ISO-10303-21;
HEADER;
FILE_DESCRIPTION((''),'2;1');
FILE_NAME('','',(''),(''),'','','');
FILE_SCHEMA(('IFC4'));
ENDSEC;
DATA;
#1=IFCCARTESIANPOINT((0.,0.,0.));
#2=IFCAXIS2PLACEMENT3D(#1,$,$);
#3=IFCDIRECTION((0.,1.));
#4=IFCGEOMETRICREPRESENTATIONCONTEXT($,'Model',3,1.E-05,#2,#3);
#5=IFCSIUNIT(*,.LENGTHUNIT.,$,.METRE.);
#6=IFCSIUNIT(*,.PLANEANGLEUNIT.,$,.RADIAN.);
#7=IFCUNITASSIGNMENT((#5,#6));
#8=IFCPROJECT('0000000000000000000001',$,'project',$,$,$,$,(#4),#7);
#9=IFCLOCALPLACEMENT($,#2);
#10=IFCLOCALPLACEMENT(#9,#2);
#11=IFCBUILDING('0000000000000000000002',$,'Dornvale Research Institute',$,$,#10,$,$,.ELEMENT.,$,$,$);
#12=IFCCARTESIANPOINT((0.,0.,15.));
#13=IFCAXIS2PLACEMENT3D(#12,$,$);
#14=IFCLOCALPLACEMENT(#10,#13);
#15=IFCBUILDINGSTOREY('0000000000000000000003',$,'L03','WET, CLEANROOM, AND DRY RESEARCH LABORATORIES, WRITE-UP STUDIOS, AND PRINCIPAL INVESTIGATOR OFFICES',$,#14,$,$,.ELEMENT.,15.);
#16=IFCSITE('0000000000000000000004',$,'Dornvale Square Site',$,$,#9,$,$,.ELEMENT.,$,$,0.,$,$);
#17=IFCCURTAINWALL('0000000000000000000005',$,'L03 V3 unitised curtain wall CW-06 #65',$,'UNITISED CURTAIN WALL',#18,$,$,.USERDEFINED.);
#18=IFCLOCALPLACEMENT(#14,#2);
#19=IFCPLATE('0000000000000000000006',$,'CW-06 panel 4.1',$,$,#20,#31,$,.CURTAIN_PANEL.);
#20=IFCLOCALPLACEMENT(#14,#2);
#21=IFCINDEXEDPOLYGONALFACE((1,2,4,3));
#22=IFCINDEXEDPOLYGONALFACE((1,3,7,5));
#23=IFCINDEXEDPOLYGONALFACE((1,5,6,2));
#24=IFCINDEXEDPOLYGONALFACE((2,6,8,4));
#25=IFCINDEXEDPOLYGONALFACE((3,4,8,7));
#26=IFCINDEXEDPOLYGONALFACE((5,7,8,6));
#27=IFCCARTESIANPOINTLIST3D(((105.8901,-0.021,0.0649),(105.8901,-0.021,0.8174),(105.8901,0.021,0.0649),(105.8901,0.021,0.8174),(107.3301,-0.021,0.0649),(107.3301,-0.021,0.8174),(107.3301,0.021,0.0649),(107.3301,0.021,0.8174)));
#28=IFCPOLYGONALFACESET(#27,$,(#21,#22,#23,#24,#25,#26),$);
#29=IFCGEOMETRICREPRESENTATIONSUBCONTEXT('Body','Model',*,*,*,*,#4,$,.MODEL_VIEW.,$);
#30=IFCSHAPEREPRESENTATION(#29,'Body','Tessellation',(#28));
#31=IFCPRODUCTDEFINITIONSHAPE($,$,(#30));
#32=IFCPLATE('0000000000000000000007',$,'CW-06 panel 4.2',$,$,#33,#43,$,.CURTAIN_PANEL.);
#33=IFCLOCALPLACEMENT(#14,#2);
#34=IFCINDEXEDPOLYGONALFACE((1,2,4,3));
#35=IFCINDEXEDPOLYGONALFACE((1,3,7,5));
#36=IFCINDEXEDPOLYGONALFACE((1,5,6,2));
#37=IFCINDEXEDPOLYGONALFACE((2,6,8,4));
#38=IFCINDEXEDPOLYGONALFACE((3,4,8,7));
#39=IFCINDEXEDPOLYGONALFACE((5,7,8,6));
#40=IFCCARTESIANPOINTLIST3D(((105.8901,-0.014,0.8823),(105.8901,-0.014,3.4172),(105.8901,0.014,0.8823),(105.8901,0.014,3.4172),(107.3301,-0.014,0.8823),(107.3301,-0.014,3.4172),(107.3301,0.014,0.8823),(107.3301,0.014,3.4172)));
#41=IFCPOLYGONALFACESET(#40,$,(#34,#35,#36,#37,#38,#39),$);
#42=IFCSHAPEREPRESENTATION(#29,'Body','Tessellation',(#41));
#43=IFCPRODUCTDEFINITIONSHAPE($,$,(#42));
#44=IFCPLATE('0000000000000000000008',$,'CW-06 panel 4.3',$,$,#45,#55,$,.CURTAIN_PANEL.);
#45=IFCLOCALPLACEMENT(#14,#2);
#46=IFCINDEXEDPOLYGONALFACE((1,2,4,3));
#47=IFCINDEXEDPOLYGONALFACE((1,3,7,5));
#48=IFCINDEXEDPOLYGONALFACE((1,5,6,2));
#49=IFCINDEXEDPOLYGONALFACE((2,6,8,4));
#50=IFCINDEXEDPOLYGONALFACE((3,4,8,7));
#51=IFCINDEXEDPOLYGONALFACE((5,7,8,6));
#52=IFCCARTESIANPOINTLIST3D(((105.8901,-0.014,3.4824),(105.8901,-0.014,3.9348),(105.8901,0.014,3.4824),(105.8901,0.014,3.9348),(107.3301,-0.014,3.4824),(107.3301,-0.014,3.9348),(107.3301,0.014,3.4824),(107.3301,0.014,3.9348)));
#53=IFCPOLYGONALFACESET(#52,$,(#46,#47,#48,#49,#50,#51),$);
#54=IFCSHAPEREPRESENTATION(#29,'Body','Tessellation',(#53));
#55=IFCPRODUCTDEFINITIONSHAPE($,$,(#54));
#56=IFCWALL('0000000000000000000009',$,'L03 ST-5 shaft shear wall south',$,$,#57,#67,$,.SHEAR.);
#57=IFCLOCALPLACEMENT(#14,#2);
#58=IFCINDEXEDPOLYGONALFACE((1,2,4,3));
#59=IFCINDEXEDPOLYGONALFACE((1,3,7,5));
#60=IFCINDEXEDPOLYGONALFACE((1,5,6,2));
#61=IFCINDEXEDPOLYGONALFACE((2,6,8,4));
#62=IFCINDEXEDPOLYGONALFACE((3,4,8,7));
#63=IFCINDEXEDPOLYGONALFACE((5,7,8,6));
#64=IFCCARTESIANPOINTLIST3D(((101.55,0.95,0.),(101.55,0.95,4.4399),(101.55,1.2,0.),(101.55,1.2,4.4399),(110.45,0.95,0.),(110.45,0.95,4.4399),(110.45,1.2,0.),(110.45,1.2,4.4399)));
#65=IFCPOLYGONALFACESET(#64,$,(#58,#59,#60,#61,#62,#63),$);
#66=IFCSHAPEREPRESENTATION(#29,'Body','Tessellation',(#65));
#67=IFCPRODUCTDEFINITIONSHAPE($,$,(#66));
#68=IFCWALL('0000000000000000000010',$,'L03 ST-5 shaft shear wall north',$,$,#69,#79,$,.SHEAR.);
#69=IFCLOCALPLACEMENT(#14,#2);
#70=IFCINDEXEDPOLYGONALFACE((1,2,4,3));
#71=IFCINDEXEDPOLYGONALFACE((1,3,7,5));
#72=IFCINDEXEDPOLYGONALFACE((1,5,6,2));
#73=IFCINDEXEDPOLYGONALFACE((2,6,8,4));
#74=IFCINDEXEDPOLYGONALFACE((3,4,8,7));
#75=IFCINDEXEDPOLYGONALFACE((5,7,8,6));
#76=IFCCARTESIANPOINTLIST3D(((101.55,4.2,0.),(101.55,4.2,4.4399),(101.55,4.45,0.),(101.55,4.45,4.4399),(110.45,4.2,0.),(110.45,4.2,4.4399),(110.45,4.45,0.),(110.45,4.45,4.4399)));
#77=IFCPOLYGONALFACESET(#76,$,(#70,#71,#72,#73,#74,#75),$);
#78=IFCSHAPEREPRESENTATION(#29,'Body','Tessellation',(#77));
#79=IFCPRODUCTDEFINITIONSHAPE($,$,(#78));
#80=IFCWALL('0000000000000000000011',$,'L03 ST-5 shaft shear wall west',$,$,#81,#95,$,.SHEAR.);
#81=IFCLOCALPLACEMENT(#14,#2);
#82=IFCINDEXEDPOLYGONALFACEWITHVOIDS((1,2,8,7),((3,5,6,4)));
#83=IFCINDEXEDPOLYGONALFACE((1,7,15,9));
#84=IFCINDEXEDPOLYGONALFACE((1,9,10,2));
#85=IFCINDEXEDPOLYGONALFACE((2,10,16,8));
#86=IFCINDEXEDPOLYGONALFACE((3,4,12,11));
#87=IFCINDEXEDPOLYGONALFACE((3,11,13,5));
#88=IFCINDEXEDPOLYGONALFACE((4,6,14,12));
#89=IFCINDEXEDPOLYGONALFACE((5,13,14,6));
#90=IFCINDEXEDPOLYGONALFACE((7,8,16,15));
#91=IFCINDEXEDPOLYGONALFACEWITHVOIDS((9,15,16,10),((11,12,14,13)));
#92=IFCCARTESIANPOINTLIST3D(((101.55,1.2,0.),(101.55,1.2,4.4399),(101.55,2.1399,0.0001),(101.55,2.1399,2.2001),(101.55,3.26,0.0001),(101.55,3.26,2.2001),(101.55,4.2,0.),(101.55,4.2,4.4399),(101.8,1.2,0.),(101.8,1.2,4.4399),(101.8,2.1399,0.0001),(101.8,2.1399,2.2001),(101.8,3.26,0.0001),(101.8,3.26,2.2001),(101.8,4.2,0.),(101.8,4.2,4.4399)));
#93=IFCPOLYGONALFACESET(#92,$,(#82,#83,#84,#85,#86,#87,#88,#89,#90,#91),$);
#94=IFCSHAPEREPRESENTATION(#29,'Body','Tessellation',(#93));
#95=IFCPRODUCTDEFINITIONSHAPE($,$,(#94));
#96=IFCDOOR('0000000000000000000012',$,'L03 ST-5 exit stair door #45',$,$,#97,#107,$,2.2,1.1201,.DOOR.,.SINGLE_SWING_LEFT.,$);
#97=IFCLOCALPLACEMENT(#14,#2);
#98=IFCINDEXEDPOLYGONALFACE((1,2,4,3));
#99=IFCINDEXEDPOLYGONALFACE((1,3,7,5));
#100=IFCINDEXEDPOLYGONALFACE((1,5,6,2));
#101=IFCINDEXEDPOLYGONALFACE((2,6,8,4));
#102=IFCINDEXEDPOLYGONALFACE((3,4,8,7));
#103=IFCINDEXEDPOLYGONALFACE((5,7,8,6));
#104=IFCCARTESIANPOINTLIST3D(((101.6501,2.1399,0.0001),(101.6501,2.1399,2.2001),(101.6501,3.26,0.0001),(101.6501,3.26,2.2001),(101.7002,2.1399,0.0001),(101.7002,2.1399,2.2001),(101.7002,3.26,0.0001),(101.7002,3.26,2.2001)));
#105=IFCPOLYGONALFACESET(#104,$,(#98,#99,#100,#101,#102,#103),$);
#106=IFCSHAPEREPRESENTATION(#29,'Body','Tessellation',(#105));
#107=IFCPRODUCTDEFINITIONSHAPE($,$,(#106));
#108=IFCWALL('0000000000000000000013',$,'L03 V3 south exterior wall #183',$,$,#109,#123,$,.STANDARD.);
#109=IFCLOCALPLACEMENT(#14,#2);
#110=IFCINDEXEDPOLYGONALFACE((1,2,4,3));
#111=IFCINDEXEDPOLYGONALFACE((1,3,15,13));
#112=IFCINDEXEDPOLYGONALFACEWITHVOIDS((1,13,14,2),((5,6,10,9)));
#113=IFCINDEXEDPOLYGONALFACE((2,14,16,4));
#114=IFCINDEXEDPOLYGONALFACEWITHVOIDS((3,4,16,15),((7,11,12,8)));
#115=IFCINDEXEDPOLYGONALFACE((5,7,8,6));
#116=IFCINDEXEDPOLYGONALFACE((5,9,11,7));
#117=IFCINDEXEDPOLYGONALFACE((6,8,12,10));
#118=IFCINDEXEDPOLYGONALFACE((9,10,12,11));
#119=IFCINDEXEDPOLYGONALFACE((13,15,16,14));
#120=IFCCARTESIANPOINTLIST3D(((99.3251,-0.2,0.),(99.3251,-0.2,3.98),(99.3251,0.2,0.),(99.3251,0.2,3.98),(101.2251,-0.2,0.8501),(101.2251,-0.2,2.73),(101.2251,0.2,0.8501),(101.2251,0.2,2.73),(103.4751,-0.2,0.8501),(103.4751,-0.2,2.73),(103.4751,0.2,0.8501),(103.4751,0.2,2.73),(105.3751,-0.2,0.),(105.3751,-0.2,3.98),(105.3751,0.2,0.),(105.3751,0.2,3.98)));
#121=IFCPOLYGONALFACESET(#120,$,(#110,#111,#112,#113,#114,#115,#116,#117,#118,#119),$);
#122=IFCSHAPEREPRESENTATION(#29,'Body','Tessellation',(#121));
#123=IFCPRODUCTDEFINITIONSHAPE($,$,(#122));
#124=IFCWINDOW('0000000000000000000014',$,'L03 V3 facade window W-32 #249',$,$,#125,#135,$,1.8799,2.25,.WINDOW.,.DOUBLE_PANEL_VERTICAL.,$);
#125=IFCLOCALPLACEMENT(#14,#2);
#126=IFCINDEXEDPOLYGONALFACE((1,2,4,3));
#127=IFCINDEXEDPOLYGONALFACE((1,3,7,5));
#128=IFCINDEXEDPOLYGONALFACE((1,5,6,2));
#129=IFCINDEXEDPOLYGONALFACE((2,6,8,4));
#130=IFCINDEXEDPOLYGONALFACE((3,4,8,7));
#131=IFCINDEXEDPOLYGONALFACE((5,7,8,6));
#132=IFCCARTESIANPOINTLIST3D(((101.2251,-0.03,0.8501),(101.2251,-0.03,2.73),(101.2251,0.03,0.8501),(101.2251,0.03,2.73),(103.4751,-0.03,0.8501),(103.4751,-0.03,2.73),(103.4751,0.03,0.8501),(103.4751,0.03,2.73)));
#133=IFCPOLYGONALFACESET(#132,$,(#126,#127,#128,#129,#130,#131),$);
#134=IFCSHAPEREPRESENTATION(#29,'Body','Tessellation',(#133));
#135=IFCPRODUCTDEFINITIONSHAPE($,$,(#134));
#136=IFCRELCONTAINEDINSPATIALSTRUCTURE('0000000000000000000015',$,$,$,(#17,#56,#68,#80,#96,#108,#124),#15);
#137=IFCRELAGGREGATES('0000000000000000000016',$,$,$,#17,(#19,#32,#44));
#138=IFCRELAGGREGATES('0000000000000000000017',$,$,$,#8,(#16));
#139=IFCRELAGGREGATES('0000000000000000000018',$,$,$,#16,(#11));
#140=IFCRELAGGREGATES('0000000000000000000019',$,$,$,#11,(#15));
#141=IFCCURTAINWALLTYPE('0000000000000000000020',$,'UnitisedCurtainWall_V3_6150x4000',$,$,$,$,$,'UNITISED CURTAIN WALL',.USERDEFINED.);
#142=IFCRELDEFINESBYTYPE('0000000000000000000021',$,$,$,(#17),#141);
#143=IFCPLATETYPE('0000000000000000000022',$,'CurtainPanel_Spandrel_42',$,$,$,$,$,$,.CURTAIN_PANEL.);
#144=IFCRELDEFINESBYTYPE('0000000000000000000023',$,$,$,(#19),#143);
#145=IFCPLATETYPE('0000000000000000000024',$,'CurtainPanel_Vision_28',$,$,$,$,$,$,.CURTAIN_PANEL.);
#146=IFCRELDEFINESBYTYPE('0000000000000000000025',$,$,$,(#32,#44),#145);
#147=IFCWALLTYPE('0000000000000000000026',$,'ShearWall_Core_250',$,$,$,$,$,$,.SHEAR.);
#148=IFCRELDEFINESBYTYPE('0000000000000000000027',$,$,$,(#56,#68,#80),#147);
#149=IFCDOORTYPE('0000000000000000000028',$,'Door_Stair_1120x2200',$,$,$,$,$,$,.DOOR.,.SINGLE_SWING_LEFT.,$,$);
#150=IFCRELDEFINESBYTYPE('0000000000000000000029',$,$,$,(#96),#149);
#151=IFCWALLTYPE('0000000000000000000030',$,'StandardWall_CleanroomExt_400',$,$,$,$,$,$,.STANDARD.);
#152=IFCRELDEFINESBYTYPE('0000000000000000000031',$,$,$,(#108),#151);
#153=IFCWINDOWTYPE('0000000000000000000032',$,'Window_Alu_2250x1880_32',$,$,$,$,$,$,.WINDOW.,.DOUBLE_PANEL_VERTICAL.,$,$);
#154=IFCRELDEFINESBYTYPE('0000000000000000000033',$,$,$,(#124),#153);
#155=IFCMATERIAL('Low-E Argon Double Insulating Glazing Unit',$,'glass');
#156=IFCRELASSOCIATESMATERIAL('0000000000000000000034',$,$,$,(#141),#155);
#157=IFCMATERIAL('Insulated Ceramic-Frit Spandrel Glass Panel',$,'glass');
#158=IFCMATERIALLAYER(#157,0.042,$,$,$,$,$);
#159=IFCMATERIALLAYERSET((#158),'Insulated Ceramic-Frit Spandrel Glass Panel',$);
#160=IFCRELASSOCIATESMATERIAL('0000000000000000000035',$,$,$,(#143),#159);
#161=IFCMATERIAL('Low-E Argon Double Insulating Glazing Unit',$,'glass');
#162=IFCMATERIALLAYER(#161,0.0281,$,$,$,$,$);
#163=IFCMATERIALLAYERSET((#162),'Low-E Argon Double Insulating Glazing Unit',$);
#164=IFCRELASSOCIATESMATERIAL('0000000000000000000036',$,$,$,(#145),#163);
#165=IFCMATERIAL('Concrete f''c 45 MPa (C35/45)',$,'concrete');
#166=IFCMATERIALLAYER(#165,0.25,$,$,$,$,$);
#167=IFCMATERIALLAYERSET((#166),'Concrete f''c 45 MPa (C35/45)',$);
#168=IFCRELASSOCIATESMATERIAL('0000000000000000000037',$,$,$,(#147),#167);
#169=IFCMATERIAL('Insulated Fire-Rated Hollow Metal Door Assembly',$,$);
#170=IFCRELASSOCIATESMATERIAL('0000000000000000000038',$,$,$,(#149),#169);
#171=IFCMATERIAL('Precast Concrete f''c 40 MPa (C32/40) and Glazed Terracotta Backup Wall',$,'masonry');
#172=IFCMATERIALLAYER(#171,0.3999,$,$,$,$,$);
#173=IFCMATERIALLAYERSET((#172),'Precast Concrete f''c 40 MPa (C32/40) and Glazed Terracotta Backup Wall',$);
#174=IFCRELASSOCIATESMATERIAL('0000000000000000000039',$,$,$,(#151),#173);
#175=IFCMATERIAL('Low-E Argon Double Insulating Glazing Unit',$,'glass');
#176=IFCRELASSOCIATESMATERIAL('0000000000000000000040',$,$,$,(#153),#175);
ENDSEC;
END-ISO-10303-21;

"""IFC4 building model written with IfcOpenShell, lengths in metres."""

from ifc_helpers import new_model, si_unit, direction, frame, frame_2d, origin, origin_2d, place, context, subcontext, project, spatial, rectangle, extrude, material, layer, layer_set, type_object, element, fill, aggregate, save


model = new_model("IFC4")

# Units and contexts
model_context = context("Model", 3, precision=1e-05, world=origin(), true_north=direction((0.0, 1.0)))
body_context = subcontext(model_context, "Body", "Model", "MODEL_VIEW")
ifc_project = project(units=[si_unit("LENGTHUNIT", "METRE"), si_unit("PLANEANGLEUNIT", "RADIAN")], contexts=[model_context])

# Site, building, storey
site_placement = place(None, origin())
site = spatial("IfcSite", under=ifc_project, at=site_placement, Name="Dornvale Square Site", CompositionType="ELEMENT", RefElevation=0.0)
building_placement = place(site_placement, origin())
building = spatial("IfcBuilding", under=site, at=building_placement, Name="Dornvale Research Institute", CompositionType="ELEMENT")
storey_placement = place(building_placement, frame((0.0, 0.0, 15.0)))
storey = spatial("IfcBuildingStorey", under=building, at=storey_placement, Name="L03", Description="WET, CLEANROOM, AND DRY RESEARCH LABORATORIES, WRITE-UP STUDIOS, AND PRINCIPAL INVESTIGATOR OFFICES", CompositionType="ELEMENT", Elevation=15.0)

# Curtain wall
ifc_material_1 = material(Name="Low-E Argon Double Insulating Glazing Unit", Category="glass")
curtain_wall_type = type_object("IfcCurtainWallType", Name="UnitisedCurtainWall_V3_6150x4000", ElementType="UNITISED CURTAIN WALL", PredefinedType="USERDEFINED", material=ifc_material_1)
curtain_wall_placement = place(storey_placement, origin())
curtain_wall = element("IfcCurtainWall", 1, at=curtain_wall_placement, inside=storey, type_object=curtain_wall_type, Name="L03 V3 unitised curtain wall CW-06 #65", ObjectType="UNITISED CURTAIN WALL", PredefinedType="USERDEFINED")

# Plates
ifc_material_2 = material(Name="Insulated Ceramic-Frit Spandrel Glass Panel", Category="glass")
ifc_layer_1 = layer(ifc_material_2, 0.042)
ifc_layer_set_1 = layer_set([ifc_layer_1], Name="Insulated Ceramic-Frit Spandrel Glass Panel")
plate_type_1 = type_object("IfcPlateType", Name="CurtainPanel_Spandrel_42", PredefinedType="CURTAIN_PANEL", material=ifc_layer_set_1)
plate_1_placement = place(storey_placement, frame((106.6101, 0.0, 0.0649), z_axis=(0.0, 0.0, 1.0), x_axis=(-1.0, 0.0, 0.0)))
plate_1 = element("IfcPlate", 2, at=plate_1_placement, type_object=plate_type_1, Name="CW-06 panel 4.1", PredefinedType="CURTAIN_PANEL", context=body_context, shape_type="SweptSolid", body=[
    extrude(rectangle(XDim=1.4399, YDim=0.042, at=origin_2d()), origin(), (0.0, 0.0, 1.0), 0.7524),
])
ifc_material_3 = material(Name="Low-E Argon Double Insulating Glazing Unit", Category="glass")
ifc_layer_2 = layer(ifc_material_3, 0.0281)
ifc_layer_set_2 = layer_set([ifc_layer_2], Name="Low-E Argon Double Insulating Glazing Unit")
plate_type_2 = type_object("IfcPlateType", Name="CurtainPanel_Vision_28", PredefinedType="CURTAIN_PANEL", material=ifc_layer_set_2)
plate_2_placement = place(storey_placement, frame((106.6101, 0.0, 0.8823), z_axis=(0.0, 0.0, 1.0), x_axis=(-1.0, 0.0, 0.0)))
plate_2 = element("IfcPlate", 3, at=plate_2_placement, type_object=plate_type_2, Name="CW-06 panel 4.2", PredefinedType="CURTAIN_PANEL", context=body_context, shape_type="SweptSolid", body=[
    extrude(rectangle(XDim=1.4399, YDim=0.0281, at=origin_2d()), origin(), (0.0, 0.0, 1.0), 2.5349),
])
plate_3_placement = place(storey_placement, frame((106.6101, 0.0, 3.4824), z_axis=(0.0, 0.0, 1.0), x_axis=(-1.0, 0.0, 0.0)))
plate_3 = element("IfcPlate", 4, at=plate_3_placement, type_object=plate_type_2, Name="CW-06 panel 4.3", PredefinedType="CURTAIN_PANEL", context=body_context, shape_type="SweptSolid", body=[
    extrude(rectangle(XDim=1.4399, YDim=0.0281, at=origin_2d()), origin(), (0.0, 0.0, 1.0), 0.4524),
])
aggregate(curtain_wall, [plate_1, plate_2, plate_3])

# Walls
ifc_material_4 = material(Name="Concrete f'c 45 MPa (C35/45)", Category="concrete")
ifc_layer_3 = layer(ifc_material_4, 0.25)
ifc_layer_set_3 = layer_set([ifc_layer_3], Name="Concrete f'c 45 MPa (C35/45)")
wall_type_1 = type_object("IfcWallType", Name="ShearWall_Core_250", PredefinedType="SHEAR", material=ifc_layer_set_3)
for number, where, z_axis, x_axis, name in (
    (5, (101.55, 1.075, 0.0), (0.0, 0.0, 1.0), (1.0, 0.0, 0.0), "L03 ST-5 shaft shear wall south"),
    (6, (101.55, 4.325, 0.0), (0.0, 0.0, 1.0), (1.0, 0.0, 0.0), "L03 ST-5 shaft shear wall north"),
):
    element("IfcWall", number, at=place(storey_placement, frame(where, z_axis=z_axis, x_axis=x_axis)), inside=storey, type_object=wall_type_1, Name=name, PredefinedType="SHEAR", context=body_context, shape_type="SweptSolid", body=[
        extrude(rectangle(XDim=8.8999, YDim=0.25, at=frame_2d((4.45, 0.0))), origin(), (0.0, 0.0, 1.0), 4.4399),
    ])

# Wall, opening, door
wall_1_placement = place(storey_placement, frame((101.675, 1.2, 0.0), z_axis=(0.0, 0.0, 1.0), x_axis=(0.0, 1.0, 0.0)))
wall_1 = element("IfcWall", 7, at=wall_1_placement, inside=storey, type_object=wall_type_1, Name="L03 ST-5 shaft shear wall west", PredefinedType="SHEAR", context=body_context, shape_type="SweptSolid", body=[
    extrude(rectangle(XDim=3.0, YDim=0.25, at=frame_2d((1.5, 0.0))), origin(), (0.0, 0.0, 1.0), 4.4399),
])
opening_1_placement = place(wall_1_placement, frame((0.9399, 0.0, 0.0)))
opening_1 = element("IfcOpeningElement", 8, at=opening_1_placement, cuts=wall_1, PredefinedType="OPENING", context=body_context, shape_type="SweptSolid", body=[
    extrude(rectangle(XDim=1.1201, YDim=2.2, at=frame_2d((0.5601, 1.1001))), frame((0.0, 0.1399, 0.0), z_axis=(0.0, -1.0, 0.0), x_axis=(1.0, 0.0, 0.0)), (0.0, 0.0, 1.0), 0.28),
])
ifc_material_5 = material(Name="Insulated Fire-Rated Hollow Metal Door Assembly")
door_type = type_object("IfcDoorType", Name="Door_Stair_1120x2200", OperationType="SINGLE_SWING_LEFT", PredefinedType="DOOR", material=ifc_material_5)
door_placement = place(opening_1_placement, origin())
door = element("IfcDoor", 9, at=door_placement, inside=storey, type_object=door_type, Name="L03 ST-5 exit stair door #45", OperationType="SINGLE_SWING_LEFT", OverallHeight=2.2, OverallWidth=1.1201, PredefinedType="DOOR", context=body_context, shape_type="SweptSolid", body=[
    extrude(rectangle(XDim=1.1201, YDim=2.2, at=frame_2d((0.5601, 1.1001))), frame((0.0, 0.0249, 0.0), z_axis=(0.0, -1.0, 0.0), x_axis=(1.0, 0.0, 0.0)), (0.0, 0.0, 1.0), 0.05),
])
fill(opening_1, door)

# Wall, opening, window
ifc_material_6 = material(Name="Precast Concrete f'c 40 MPa (C32/40) and Glazed Terracotta Backup Wall", Category="masonry")
ifc_layer_4 = layer(ifc_material_6, 0.3999)
ifc_layer_set_4 = layer_set([ifc_layer_4], Name="Precast Concrete f'c 40 MPa (C32/40) and Glazed Terracotta Backup Wall")
wall_type_2 = type_object("IfcWallType", Name="StandardWall_CleanroomExt_400", PredefinedType="STANDARD", material=ifc_layer_set_4)
wall_2_placement = place(storey_placement, frame((105.375, 0.0, 0.0), z_axis=(0.0, 0.0, 1.0), x_axis=(-1.0, 0.0, 0.0)))
wall_2 = element("IfcWall", 10, at=wall_2_placement, inside=storey, type_object=wall_type_2, Name="L03 V3 south exterior wall #183", PredefinedType="STANDARD", context=body_context, shape_type="SweptSolid", body=[
    extrude(rectangle(XDim=6.05, YDim=0.3999, at=frame_2d((3.0249, 0.0))), origin(), (0.0, 0.0, 1.0), 3.98),
])
opening_2_placement = place(wall_2_placement, frame((1.8999, 0.0, 0.8501)))
opening_2 = element("IfcOpeningElement", 11, at=opening_2_placement, cuts=wall_2, PredefinedType="OPENING", context=body_context, shape_type="SweptSolid", body=[
    extrude(rectangle(XDim=2.25, YDim=1.8799, at=frame_2d((1.125, 0.9399))), frame((0.0, 0.2148, 0.0), z_axis=(0.0, -1.0, 0.0), x_axis=(1.0, 0.0, 0.0)), (0.0, 0.0, 1.0), 0.4299),
])
ifc_material_7 = material(Name="Low-E Argon Double Insulating Glazing Unit", Category="glass")
window_type = type_object("IfcWindowType", Name="Window_Alu_2250x1880_32", PartitioningType="DOUBLE_PANEL_VERTICAL", PredefinedType="WINDOW", material=ifc_material_7)
window_placement = place(opening_2_placement, origin())
window = element("IfcWindow", 12, at=window_placement, inside=storey, type_object=window_type, Name="L03 V3 facade window W-32 #249", OverallHeight=1.8799, OverallWidth=2.25, PartitioningType="DOUBLE_PANEL_VERTICAL", PredefinedType="WINDOW", context=body_context, shape_type="SweptSolid", body=[
    extrude(rectangle(XDim=2.25, YDim=1.8799, at=frame_2d((1.125, 0.9399))), frame((0.0, 0.03, 0.0), z_axis=(0.0, -1.0, 0.0), x_axis=(1.0, 0.0, 0.0)), (0.0, 0.0, 1.0), 0.0601),
])
fill(opening_2, window)

save(model, "model.ifc")
